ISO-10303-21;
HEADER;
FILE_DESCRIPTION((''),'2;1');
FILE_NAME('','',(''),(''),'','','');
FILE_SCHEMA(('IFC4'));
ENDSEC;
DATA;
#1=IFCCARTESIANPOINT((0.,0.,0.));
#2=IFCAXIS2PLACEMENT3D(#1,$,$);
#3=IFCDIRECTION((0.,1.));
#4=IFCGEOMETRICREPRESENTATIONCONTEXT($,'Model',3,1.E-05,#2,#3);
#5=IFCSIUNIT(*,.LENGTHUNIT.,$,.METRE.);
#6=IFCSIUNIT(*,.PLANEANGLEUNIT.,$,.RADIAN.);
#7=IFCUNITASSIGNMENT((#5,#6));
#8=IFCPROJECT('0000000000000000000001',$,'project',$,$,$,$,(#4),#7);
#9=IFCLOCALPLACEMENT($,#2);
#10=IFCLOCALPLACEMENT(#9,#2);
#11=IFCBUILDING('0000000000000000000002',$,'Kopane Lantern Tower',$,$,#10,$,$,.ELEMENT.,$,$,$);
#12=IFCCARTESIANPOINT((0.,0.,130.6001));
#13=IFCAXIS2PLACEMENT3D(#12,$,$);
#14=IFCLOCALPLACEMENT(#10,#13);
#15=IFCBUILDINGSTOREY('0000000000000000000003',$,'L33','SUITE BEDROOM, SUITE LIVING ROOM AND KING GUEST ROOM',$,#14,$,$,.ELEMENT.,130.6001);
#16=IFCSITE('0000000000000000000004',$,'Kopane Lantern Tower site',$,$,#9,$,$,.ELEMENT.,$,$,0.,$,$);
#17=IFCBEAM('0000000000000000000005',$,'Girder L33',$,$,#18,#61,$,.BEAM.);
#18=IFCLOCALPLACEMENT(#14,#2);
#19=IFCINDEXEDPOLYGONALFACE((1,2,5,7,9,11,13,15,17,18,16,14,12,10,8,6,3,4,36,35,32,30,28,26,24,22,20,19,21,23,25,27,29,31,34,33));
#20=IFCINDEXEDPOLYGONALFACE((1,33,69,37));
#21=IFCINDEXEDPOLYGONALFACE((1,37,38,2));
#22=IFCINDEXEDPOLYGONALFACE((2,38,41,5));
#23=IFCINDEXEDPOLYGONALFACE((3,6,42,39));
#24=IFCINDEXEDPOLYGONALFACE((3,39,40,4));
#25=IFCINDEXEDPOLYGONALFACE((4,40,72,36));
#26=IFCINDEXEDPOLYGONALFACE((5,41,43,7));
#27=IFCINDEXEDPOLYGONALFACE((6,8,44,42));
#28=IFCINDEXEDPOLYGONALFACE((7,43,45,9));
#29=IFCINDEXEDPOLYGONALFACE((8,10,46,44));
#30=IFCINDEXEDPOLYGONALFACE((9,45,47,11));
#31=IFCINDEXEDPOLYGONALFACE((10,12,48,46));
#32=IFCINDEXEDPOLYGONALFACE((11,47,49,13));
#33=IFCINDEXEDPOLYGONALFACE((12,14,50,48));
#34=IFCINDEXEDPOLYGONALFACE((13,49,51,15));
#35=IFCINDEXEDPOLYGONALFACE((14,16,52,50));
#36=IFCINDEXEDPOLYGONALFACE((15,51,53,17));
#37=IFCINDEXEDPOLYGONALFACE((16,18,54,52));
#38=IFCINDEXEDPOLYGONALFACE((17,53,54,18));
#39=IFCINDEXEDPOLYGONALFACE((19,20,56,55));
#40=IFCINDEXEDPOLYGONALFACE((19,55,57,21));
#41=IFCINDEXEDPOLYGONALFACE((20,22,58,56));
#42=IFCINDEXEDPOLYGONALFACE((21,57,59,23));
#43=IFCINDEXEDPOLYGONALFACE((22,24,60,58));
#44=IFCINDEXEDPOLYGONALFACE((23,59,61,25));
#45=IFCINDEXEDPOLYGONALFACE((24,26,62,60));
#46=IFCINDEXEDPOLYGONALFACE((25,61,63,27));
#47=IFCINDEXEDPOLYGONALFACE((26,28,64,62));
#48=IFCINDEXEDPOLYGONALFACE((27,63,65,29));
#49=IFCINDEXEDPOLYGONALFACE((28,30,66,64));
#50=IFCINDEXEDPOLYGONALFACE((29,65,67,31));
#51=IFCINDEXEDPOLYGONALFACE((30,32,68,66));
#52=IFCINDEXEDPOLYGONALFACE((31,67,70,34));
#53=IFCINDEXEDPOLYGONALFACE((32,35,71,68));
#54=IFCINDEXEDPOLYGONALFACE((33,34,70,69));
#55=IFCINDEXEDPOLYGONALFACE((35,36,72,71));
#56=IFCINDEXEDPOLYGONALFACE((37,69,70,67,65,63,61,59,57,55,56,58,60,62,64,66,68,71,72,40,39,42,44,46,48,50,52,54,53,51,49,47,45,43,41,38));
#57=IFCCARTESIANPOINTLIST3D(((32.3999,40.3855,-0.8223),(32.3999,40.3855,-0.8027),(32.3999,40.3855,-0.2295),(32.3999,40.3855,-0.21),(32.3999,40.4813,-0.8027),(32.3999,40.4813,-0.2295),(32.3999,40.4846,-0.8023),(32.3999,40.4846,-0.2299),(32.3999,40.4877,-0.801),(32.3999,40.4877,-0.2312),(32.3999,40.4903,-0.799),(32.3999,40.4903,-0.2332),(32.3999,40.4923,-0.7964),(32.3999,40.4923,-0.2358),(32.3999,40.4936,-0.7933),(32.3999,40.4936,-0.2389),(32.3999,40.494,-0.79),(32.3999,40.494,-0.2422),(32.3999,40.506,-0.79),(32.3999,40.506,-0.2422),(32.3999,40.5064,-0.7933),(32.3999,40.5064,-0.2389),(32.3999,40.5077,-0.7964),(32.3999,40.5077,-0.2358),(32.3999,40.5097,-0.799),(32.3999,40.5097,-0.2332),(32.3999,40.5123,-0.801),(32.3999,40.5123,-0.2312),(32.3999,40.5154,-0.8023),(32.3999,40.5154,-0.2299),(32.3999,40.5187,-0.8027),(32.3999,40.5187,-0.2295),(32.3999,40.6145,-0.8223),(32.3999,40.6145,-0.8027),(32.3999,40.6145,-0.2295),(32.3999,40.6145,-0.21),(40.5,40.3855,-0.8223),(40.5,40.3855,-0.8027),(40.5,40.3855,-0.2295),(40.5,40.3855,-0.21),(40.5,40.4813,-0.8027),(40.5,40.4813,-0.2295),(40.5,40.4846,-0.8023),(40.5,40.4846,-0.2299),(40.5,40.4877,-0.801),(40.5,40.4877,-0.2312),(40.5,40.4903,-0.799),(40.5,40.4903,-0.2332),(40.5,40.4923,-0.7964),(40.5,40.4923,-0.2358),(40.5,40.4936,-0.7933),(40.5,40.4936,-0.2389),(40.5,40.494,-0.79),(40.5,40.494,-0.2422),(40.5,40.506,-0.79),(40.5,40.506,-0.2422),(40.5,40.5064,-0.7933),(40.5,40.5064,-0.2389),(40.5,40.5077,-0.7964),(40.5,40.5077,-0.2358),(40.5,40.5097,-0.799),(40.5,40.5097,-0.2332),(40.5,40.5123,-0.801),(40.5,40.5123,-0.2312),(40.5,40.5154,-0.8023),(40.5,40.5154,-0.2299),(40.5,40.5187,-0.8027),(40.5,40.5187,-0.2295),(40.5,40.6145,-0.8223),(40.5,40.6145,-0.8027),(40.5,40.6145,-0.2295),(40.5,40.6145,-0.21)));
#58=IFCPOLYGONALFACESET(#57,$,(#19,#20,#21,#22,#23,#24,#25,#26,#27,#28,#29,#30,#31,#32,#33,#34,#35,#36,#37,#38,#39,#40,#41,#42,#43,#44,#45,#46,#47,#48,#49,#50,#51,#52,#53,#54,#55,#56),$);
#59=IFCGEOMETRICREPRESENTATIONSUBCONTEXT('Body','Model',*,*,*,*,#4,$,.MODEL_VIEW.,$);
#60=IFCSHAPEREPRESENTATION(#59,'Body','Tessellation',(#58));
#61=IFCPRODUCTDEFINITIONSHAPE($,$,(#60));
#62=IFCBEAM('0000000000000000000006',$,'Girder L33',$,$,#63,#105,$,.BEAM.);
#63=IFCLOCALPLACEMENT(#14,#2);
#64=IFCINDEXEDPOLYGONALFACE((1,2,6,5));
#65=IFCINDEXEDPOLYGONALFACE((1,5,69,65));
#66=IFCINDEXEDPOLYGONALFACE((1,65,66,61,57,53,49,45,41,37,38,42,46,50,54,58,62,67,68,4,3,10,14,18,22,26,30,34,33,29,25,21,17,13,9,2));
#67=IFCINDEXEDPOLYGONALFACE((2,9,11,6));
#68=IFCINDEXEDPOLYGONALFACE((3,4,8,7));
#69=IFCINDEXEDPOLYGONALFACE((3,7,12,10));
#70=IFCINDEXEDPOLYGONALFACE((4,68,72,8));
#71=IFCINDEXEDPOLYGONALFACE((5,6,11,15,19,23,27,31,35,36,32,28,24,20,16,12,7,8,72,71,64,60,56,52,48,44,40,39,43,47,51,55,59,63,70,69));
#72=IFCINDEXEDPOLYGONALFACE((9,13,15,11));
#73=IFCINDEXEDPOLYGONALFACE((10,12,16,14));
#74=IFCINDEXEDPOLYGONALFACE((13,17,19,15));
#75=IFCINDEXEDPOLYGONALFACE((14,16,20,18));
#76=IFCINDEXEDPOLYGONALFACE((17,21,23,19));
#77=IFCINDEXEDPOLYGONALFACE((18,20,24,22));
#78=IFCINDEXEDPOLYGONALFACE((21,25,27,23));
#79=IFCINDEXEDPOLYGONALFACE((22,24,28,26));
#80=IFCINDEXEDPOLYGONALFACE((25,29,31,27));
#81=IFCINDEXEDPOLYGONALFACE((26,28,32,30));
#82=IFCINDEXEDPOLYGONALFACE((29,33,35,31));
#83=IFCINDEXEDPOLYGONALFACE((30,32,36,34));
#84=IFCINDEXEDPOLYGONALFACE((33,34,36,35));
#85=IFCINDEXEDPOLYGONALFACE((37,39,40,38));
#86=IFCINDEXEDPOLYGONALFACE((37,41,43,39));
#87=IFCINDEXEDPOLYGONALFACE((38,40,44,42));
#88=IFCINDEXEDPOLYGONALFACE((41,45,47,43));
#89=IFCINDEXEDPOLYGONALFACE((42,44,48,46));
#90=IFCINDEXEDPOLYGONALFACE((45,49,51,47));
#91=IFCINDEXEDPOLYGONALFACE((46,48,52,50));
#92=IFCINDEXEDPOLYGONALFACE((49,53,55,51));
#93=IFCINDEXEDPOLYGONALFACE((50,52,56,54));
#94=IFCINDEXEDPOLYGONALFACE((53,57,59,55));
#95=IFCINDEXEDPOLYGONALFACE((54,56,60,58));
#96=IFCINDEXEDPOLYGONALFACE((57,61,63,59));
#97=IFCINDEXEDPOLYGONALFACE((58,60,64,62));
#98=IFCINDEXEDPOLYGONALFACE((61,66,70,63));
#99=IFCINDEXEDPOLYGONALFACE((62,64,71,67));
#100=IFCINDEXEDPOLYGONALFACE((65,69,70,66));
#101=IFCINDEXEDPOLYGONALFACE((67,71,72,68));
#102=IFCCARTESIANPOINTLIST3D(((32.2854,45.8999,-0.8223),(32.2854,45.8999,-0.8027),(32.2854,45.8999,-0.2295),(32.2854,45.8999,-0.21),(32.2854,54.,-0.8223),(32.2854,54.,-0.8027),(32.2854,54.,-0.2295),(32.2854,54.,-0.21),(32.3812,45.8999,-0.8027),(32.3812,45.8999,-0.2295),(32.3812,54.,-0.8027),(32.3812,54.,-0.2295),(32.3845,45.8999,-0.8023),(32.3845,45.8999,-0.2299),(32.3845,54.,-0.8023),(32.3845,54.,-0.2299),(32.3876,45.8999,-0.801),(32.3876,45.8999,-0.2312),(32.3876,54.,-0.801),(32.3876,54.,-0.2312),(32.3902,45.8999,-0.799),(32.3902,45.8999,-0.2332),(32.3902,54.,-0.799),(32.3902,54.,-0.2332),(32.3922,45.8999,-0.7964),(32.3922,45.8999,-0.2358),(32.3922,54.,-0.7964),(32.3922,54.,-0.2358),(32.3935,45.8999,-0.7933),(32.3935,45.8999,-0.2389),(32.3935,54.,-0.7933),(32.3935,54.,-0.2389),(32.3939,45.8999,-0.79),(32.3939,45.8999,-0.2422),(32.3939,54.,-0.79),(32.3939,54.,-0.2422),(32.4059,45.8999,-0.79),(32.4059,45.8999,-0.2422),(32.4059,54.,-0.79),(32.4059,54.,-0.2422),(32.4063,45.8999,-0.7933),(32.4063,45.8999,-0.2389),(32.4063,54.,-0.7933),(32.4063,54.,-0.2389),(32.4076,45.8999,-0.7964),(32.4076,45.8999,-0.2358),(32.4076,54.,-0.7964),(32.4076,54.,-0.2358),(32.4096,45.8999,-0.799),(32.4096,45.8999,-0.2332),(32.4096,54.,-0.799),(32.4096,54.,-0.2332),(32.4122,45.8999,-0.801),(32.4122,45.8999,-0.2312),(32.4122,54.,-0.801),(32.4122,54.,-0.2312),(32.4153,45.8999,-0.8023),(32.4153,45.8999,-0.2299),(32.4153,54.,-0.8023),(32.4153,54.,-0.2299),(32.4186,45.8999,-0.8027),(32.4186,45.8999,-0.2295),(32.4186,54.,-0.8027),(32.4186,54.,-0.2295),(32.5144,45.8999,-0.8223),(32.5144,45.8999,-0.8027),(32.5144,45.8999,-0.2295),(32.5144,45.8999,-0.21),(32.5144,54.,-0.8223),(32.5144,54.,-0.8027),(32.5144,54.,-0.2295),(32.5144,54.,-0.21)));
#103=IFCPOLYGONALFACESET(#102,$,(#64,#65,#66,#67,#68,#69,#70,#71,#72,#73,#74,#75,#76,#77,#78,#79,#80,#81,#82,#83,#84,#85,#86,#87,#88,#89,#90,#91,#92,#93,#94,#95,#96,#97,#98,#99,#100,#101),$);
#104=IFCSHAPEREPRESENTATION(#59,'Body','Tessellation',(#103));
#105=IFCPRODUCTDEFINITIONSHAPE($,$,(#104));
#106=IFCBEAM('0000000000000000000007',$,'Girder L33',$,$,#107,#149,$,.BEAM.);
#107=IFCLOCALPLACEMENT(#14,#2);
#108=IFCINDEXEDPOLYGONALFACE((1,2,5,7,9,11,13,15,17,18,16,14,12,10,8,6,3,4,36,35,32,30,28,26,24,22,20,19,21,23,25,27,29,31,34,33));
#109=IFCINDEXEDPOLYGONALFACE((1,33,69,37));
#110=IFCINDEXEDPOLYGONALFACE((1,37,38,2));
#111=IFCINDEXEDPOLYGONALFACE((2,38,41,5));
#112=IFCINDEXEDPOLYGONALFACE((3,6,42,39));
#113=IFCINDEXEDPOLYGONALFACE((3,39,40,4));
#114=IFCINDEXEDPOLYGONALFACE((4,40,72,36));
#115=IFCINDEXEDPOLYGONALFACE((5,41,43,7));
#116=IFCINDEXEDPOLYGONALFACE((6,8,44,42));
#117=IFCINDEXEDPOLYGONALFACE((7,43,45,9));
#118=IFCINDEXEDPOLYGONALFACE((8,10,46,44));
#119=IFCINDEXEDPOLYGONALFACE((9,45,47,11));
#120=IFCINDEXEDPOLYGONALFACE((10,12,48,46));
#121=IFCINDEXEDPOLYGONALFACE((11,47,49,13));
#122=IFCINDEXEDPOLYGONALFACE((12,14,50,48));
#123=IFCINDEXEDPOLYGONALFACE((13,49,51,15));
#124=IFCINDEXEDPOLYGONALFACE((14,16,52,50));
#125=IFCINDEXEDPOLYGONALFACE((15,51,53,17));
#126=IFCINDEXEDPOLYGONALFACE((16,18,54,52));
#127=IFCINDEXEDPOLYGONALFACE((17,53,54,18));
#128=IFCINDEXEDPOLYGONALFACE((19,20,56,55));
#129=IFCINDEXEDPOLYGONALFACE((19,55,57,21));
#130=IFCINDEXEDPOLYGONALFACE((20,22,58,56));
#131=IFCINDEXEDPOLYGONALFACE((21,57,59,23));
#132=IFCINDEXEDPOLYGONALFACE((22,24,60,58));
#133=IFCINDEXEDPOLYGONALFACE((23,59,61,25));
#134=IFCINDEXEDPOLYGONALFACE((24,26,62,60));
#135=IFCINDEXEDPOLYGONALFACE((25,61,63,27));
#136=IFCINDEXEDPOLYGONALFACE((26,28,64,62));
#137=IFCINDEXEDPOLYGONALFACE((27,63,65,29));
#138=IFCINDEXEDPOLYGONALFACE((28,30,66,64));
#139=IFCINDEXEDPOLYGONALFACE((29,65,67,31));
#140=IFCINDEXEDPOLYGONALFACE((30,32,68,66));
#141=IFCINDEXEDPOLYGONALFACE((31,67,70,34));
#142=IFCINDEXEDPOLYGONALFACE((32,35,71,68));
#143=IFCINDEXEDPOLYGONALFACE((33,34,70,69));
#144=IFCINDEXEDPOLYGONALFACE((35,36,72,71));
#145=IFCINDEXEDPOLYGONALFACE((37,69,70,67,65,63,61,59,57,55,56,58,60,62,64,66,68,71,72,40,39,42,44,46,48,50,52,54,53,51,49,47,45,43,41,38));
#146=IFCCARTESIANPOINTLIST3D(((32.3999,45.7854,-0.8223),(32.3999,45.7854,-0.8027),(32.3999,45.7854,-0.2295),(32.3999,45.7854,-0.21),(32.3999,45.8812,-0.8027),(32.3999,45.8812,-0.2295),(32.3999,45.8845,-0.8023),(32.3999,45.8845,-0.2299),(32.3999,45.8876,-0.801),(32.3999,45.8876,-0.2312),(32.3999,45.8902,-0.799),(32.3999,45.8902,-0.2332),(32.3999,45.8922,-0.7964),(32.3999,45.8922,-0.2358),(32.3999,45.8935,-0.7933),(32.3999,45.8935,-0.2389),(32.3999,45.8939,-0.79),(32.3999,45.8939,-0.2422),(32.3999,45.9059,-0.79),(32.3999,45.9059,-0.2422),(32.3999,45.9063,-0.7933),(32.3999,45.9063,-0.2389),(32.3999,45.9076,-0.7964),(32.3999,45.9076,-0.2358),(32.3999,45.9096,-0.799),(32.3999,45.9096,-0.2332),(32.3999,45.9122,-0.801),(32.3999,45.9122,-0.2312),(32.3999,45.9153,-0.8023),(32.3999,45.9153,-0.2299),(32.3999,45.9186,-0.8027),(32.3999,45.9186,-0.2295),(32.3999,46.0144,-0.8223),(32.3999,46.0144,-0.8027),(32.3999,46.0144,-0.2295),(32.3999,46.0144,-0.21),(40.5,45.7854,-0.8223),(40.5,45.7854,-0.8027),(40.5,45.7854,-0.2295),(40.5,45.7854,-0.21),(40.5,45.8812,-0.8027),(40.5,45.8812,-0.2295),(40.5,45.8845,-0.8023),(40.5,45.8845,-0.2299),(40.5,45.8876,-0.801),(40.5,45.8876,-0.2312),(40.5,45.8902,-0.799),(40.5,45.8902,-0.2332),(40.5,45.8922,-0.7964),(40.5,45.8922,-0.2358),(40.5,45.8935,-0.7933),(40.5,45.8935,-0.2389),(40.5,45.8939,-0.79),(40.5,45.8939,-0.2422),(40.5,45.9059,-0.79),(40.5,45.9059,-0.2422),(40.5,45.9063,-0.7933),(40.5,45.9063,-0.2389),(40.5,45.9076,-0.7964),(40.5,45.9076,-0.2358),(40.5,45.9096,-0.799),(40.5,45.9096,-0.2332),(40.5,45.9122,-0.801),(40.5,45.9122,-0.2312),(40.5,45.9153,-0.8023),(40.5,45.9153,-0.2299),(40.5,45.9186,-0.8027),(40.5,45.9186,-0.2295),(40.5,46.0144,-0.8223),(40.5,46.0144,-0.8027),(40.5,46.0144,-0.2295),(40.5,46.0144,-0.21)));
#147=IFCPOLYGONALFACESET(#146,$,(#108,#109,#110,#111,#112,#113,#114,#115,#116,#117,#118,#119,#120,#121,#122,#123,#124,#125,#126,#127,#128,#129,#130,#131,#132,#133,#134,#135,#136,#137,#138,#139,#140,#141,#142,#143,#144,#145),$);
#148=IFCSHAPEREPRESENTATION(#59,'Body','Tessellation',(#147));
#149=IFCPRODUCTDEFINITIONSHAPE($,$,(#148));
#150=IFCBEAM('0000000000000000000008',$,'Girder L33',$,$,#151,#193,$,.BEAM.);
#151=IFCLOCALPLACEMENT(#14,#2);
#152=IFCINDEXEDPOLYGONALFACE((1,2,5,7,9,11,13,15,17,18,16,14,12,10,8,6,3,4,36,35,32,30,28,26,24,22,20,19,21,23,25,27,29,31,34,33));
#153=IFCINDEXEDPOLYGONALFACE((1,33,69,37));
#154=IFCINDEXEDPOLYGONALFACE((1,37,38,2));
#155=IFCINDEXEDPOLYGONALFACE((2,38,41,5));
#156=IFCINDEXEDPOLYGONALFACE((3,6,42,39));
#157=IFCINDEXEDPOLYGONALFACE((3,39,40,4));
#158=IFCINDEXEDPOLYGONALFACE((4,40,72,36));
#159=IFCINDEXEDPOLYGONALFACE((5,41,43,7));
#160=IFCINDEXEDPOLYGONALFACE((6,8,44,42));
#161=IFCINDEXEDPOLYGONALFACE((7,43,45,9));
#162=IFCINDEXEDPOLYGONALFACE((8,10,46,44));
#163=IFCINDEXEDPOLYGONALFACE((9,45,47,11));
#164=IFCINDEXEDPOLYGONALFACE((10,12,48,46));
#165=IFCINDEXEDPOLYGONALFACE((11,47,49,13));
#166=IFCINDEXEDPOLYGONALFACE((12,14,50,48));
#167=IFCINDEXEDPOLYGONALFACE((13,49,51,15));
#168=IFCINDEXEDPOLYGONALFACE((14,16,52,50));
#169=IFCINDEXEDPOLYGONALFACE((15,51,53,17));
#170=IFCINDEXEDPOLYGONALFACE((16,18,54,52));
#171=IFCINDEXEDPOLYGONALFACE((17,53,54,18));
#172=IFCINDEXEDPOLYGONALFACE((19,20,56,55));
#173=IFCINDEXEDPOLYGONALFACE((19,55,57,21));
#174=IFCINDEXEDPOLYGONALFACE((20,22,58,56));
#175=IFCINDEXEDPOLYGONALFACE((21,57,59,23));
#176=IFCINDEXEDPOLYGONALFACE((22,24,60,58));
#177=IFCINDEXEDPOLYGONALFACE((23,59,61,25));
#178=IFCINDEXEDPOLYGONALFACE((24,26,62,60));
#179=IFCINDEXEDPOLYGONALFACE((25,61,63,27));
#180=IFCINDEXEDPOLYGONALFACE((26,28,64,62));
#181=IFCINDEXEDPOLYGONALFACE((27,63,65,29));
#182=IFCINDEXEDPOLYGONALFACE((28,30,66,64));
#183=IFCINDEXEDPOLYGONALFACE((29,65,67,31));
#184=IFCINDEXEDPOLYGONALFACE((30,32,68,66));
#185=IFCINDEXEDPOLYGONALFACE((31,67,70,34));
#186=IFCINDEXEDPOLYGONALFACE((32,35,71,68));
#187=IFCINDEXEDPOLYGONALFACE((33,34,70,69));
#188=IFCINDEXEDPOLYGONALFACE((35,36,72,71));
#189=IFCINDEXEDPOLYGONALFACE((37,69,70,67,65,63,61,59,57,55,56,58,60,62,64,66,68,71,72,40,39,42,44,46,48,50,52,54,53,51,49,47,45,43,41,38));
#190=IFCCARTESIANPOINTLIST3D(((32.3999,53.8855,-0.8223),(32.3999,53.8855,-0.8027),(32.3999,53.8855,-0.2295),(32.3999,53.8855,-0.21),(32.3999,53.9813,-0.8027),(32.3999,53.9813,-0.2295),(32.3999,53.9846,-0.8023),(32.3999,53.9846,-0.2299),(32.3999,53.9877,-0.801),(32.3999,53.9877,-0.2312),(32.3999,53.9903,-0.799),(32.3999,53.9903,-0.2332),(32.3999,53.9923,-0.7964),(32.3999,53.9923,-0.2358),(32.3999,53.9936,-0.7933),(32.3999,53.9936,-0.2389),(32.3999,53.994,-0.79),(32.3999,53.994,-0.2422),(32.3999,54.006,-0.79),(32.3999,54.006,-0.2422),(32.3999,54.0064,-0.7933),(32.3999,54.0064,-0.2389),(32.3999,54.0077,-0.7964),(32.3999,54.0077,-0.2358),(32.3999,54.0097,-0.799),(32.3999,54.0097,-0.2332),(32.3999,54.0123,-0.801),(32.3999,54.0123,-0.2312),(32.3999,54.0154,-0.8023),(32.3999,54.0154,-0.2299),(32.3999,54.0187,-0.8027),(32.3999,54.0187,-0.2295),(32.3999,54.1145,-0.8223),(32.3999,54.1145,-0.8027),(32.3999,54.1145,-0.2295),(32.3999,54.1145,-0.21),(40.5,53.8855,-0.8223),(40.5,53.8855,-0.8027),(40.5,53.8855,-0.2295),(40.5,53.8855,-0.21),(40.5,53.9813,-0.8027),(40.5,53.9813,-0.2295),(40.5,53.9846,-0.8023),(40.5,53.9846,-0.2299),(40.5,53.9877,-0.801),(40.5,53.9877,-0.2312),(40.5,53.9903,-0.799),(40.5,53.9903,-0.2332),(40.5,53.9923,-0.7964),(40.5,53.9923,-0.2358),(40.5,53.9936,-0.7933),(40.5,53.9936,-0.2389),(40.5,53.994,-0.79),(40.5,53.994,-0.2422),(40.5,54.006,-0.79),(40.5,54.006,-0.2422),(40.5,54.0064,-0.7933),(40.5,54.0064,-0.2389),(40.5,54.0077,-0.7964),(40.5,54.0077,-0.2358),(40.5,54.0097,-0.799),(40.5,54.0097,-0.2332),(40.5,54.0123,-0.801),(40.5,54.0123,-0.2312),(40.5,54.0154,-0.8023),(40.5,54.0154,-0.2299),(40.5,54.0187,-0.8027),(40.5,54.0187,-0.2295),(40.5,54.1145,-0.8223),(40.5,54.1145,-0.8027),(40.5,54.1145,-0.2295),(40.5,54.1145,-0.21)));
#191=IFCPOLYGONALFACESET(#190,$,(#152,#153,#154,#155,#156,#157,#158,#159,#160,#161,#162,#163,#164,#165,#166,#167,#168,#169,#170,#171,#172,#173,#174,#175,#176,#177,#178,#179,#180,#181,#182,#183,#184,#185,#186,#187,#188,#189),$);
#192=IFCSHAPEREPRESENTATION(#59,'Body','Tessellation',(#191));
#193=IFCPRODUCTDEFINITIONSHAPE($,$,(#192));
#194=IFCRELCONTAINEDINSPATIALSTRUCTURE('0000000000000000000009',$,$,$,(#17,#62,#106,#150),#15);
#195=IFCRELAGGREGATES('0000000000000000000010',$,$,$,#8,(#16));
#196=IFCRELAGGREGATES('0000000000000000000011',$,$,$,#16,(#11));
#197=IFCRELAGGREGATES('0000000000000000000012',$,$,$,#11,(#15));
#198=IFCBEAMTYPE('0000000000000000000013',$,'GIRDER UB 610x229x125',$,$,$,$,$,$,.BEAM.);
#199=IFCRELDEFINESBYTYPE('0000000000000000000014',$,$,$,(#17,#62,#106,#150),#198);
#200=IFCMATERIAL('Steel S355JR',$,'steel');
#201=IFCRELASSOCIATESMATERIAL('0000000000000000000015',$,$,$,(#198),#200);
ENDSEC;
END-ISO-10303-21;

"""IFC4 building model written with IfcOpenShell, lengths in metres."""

from ifc_helpers import new_model, si_unit, direction, frame, origin, origin_2d, place, context, subcontext, project, spatial, i_section, extrude, material, material_profile, profile_set, type_object, element, save


model = new_model("IFC4")

# Units and contexts
model_context = context("Model", 3, precision=1e-05, world=origin(), true_north=direction((0.0, 1.0)))
body_context = subcontext(model_context, "Body", "Model", "MODEL_VIEW")
ifc_project = project(units=[si_unit("LENGTHUNIT", "METRE"), si_unit("PLANEANGLEUNIT", "RADIAN")], contexts=[model_context])

# Site, building, storey
site_placement = place(None, origin())
site = spatial("IfcSite", under=ifc_project, at=site_placement, Name="Kopane Lantern Tower site", CompositionType="ELEMENT", RefElevation=0.0)
building_placement = place(site_placement, origin())
building = spatial("IfcBuilding", under=site, at=building_placement, Name="Kopane Lantern Tower", CompositionType="ELEMENT")
storey_placement = place(building_placement, frame((0.0, 0.0, 130.6001)))
storey = spatial("IfcBuildingStorey", under=building, at=storey_placement, Name="L33", Description="SUITE BEDROOM, SUITE LIVING ROOM AND KING GUEST ROOM", CompositionType="ELEMENT", Elevation=130.6001)

# Beams
ifc_material_1 = material(Name="Steel S355JR", Category="steel")
ifc_material_profile_1 = material_profile(ifc_material_1, i_section(OverallWidth=0.229, OverallDepth=0.6123, WebThickness=0.012, FlangeThickness=0.0195, FilletRadius=0.0127, at=origin_2d()), Name="UB 610x229x125")
ifc_profile_set_1 = profile_set([ifc_material_profile_1], Name="Steel S355JR")
beam_type = type_object("IfcBeamType", Name="GIRDER UB 610x229x125", PredefinedType="BEAM", material=ifc_profile_set_1)
for number, where, z_axis, x_axis, name in (
    (1, (32.3999, 40.5, -0.5161), (1.0, 0.0, 0.0), (0.0, 1.0, 0.0), "Girder L33"),
    (2, (32.3999, 45.8999, -0.5161), (0.0, 1.0, 0.0), (-1.0, 0.0, 0.0), "Girder L33"),
    (3, (32.3999, 45.8999, -0.5161), (1.0, 0.0, 0.0), (0.0, 1.0, 0.0), "Girder L33"),
    (4, (32.3999, 54.0, -0.5161), (1.0, 0.0, 0.0), (0.0, 1.0, 0.0), "Girder L33"),
):
    element("IfcBeam", number, at=place(storey_placement, frame(where, z_axis=z_axis, x_axis=x_axis)), inside=storey, type_object=beam_type, Name=name, PredefinedType="BEAM", context=body_context, shape_type="SweptSolid", body=[
        extrude(i_section(OverallWidth=0.229, OverallDepth=0.6123, WebThickness=0.012, FlangeThickness=0.0195, FilletRadius=0.0127, at=origin_2d()), origin(), (0.0, 0.0, 1.0), 8.1001),
    ])

save(model, "model.ifc")
